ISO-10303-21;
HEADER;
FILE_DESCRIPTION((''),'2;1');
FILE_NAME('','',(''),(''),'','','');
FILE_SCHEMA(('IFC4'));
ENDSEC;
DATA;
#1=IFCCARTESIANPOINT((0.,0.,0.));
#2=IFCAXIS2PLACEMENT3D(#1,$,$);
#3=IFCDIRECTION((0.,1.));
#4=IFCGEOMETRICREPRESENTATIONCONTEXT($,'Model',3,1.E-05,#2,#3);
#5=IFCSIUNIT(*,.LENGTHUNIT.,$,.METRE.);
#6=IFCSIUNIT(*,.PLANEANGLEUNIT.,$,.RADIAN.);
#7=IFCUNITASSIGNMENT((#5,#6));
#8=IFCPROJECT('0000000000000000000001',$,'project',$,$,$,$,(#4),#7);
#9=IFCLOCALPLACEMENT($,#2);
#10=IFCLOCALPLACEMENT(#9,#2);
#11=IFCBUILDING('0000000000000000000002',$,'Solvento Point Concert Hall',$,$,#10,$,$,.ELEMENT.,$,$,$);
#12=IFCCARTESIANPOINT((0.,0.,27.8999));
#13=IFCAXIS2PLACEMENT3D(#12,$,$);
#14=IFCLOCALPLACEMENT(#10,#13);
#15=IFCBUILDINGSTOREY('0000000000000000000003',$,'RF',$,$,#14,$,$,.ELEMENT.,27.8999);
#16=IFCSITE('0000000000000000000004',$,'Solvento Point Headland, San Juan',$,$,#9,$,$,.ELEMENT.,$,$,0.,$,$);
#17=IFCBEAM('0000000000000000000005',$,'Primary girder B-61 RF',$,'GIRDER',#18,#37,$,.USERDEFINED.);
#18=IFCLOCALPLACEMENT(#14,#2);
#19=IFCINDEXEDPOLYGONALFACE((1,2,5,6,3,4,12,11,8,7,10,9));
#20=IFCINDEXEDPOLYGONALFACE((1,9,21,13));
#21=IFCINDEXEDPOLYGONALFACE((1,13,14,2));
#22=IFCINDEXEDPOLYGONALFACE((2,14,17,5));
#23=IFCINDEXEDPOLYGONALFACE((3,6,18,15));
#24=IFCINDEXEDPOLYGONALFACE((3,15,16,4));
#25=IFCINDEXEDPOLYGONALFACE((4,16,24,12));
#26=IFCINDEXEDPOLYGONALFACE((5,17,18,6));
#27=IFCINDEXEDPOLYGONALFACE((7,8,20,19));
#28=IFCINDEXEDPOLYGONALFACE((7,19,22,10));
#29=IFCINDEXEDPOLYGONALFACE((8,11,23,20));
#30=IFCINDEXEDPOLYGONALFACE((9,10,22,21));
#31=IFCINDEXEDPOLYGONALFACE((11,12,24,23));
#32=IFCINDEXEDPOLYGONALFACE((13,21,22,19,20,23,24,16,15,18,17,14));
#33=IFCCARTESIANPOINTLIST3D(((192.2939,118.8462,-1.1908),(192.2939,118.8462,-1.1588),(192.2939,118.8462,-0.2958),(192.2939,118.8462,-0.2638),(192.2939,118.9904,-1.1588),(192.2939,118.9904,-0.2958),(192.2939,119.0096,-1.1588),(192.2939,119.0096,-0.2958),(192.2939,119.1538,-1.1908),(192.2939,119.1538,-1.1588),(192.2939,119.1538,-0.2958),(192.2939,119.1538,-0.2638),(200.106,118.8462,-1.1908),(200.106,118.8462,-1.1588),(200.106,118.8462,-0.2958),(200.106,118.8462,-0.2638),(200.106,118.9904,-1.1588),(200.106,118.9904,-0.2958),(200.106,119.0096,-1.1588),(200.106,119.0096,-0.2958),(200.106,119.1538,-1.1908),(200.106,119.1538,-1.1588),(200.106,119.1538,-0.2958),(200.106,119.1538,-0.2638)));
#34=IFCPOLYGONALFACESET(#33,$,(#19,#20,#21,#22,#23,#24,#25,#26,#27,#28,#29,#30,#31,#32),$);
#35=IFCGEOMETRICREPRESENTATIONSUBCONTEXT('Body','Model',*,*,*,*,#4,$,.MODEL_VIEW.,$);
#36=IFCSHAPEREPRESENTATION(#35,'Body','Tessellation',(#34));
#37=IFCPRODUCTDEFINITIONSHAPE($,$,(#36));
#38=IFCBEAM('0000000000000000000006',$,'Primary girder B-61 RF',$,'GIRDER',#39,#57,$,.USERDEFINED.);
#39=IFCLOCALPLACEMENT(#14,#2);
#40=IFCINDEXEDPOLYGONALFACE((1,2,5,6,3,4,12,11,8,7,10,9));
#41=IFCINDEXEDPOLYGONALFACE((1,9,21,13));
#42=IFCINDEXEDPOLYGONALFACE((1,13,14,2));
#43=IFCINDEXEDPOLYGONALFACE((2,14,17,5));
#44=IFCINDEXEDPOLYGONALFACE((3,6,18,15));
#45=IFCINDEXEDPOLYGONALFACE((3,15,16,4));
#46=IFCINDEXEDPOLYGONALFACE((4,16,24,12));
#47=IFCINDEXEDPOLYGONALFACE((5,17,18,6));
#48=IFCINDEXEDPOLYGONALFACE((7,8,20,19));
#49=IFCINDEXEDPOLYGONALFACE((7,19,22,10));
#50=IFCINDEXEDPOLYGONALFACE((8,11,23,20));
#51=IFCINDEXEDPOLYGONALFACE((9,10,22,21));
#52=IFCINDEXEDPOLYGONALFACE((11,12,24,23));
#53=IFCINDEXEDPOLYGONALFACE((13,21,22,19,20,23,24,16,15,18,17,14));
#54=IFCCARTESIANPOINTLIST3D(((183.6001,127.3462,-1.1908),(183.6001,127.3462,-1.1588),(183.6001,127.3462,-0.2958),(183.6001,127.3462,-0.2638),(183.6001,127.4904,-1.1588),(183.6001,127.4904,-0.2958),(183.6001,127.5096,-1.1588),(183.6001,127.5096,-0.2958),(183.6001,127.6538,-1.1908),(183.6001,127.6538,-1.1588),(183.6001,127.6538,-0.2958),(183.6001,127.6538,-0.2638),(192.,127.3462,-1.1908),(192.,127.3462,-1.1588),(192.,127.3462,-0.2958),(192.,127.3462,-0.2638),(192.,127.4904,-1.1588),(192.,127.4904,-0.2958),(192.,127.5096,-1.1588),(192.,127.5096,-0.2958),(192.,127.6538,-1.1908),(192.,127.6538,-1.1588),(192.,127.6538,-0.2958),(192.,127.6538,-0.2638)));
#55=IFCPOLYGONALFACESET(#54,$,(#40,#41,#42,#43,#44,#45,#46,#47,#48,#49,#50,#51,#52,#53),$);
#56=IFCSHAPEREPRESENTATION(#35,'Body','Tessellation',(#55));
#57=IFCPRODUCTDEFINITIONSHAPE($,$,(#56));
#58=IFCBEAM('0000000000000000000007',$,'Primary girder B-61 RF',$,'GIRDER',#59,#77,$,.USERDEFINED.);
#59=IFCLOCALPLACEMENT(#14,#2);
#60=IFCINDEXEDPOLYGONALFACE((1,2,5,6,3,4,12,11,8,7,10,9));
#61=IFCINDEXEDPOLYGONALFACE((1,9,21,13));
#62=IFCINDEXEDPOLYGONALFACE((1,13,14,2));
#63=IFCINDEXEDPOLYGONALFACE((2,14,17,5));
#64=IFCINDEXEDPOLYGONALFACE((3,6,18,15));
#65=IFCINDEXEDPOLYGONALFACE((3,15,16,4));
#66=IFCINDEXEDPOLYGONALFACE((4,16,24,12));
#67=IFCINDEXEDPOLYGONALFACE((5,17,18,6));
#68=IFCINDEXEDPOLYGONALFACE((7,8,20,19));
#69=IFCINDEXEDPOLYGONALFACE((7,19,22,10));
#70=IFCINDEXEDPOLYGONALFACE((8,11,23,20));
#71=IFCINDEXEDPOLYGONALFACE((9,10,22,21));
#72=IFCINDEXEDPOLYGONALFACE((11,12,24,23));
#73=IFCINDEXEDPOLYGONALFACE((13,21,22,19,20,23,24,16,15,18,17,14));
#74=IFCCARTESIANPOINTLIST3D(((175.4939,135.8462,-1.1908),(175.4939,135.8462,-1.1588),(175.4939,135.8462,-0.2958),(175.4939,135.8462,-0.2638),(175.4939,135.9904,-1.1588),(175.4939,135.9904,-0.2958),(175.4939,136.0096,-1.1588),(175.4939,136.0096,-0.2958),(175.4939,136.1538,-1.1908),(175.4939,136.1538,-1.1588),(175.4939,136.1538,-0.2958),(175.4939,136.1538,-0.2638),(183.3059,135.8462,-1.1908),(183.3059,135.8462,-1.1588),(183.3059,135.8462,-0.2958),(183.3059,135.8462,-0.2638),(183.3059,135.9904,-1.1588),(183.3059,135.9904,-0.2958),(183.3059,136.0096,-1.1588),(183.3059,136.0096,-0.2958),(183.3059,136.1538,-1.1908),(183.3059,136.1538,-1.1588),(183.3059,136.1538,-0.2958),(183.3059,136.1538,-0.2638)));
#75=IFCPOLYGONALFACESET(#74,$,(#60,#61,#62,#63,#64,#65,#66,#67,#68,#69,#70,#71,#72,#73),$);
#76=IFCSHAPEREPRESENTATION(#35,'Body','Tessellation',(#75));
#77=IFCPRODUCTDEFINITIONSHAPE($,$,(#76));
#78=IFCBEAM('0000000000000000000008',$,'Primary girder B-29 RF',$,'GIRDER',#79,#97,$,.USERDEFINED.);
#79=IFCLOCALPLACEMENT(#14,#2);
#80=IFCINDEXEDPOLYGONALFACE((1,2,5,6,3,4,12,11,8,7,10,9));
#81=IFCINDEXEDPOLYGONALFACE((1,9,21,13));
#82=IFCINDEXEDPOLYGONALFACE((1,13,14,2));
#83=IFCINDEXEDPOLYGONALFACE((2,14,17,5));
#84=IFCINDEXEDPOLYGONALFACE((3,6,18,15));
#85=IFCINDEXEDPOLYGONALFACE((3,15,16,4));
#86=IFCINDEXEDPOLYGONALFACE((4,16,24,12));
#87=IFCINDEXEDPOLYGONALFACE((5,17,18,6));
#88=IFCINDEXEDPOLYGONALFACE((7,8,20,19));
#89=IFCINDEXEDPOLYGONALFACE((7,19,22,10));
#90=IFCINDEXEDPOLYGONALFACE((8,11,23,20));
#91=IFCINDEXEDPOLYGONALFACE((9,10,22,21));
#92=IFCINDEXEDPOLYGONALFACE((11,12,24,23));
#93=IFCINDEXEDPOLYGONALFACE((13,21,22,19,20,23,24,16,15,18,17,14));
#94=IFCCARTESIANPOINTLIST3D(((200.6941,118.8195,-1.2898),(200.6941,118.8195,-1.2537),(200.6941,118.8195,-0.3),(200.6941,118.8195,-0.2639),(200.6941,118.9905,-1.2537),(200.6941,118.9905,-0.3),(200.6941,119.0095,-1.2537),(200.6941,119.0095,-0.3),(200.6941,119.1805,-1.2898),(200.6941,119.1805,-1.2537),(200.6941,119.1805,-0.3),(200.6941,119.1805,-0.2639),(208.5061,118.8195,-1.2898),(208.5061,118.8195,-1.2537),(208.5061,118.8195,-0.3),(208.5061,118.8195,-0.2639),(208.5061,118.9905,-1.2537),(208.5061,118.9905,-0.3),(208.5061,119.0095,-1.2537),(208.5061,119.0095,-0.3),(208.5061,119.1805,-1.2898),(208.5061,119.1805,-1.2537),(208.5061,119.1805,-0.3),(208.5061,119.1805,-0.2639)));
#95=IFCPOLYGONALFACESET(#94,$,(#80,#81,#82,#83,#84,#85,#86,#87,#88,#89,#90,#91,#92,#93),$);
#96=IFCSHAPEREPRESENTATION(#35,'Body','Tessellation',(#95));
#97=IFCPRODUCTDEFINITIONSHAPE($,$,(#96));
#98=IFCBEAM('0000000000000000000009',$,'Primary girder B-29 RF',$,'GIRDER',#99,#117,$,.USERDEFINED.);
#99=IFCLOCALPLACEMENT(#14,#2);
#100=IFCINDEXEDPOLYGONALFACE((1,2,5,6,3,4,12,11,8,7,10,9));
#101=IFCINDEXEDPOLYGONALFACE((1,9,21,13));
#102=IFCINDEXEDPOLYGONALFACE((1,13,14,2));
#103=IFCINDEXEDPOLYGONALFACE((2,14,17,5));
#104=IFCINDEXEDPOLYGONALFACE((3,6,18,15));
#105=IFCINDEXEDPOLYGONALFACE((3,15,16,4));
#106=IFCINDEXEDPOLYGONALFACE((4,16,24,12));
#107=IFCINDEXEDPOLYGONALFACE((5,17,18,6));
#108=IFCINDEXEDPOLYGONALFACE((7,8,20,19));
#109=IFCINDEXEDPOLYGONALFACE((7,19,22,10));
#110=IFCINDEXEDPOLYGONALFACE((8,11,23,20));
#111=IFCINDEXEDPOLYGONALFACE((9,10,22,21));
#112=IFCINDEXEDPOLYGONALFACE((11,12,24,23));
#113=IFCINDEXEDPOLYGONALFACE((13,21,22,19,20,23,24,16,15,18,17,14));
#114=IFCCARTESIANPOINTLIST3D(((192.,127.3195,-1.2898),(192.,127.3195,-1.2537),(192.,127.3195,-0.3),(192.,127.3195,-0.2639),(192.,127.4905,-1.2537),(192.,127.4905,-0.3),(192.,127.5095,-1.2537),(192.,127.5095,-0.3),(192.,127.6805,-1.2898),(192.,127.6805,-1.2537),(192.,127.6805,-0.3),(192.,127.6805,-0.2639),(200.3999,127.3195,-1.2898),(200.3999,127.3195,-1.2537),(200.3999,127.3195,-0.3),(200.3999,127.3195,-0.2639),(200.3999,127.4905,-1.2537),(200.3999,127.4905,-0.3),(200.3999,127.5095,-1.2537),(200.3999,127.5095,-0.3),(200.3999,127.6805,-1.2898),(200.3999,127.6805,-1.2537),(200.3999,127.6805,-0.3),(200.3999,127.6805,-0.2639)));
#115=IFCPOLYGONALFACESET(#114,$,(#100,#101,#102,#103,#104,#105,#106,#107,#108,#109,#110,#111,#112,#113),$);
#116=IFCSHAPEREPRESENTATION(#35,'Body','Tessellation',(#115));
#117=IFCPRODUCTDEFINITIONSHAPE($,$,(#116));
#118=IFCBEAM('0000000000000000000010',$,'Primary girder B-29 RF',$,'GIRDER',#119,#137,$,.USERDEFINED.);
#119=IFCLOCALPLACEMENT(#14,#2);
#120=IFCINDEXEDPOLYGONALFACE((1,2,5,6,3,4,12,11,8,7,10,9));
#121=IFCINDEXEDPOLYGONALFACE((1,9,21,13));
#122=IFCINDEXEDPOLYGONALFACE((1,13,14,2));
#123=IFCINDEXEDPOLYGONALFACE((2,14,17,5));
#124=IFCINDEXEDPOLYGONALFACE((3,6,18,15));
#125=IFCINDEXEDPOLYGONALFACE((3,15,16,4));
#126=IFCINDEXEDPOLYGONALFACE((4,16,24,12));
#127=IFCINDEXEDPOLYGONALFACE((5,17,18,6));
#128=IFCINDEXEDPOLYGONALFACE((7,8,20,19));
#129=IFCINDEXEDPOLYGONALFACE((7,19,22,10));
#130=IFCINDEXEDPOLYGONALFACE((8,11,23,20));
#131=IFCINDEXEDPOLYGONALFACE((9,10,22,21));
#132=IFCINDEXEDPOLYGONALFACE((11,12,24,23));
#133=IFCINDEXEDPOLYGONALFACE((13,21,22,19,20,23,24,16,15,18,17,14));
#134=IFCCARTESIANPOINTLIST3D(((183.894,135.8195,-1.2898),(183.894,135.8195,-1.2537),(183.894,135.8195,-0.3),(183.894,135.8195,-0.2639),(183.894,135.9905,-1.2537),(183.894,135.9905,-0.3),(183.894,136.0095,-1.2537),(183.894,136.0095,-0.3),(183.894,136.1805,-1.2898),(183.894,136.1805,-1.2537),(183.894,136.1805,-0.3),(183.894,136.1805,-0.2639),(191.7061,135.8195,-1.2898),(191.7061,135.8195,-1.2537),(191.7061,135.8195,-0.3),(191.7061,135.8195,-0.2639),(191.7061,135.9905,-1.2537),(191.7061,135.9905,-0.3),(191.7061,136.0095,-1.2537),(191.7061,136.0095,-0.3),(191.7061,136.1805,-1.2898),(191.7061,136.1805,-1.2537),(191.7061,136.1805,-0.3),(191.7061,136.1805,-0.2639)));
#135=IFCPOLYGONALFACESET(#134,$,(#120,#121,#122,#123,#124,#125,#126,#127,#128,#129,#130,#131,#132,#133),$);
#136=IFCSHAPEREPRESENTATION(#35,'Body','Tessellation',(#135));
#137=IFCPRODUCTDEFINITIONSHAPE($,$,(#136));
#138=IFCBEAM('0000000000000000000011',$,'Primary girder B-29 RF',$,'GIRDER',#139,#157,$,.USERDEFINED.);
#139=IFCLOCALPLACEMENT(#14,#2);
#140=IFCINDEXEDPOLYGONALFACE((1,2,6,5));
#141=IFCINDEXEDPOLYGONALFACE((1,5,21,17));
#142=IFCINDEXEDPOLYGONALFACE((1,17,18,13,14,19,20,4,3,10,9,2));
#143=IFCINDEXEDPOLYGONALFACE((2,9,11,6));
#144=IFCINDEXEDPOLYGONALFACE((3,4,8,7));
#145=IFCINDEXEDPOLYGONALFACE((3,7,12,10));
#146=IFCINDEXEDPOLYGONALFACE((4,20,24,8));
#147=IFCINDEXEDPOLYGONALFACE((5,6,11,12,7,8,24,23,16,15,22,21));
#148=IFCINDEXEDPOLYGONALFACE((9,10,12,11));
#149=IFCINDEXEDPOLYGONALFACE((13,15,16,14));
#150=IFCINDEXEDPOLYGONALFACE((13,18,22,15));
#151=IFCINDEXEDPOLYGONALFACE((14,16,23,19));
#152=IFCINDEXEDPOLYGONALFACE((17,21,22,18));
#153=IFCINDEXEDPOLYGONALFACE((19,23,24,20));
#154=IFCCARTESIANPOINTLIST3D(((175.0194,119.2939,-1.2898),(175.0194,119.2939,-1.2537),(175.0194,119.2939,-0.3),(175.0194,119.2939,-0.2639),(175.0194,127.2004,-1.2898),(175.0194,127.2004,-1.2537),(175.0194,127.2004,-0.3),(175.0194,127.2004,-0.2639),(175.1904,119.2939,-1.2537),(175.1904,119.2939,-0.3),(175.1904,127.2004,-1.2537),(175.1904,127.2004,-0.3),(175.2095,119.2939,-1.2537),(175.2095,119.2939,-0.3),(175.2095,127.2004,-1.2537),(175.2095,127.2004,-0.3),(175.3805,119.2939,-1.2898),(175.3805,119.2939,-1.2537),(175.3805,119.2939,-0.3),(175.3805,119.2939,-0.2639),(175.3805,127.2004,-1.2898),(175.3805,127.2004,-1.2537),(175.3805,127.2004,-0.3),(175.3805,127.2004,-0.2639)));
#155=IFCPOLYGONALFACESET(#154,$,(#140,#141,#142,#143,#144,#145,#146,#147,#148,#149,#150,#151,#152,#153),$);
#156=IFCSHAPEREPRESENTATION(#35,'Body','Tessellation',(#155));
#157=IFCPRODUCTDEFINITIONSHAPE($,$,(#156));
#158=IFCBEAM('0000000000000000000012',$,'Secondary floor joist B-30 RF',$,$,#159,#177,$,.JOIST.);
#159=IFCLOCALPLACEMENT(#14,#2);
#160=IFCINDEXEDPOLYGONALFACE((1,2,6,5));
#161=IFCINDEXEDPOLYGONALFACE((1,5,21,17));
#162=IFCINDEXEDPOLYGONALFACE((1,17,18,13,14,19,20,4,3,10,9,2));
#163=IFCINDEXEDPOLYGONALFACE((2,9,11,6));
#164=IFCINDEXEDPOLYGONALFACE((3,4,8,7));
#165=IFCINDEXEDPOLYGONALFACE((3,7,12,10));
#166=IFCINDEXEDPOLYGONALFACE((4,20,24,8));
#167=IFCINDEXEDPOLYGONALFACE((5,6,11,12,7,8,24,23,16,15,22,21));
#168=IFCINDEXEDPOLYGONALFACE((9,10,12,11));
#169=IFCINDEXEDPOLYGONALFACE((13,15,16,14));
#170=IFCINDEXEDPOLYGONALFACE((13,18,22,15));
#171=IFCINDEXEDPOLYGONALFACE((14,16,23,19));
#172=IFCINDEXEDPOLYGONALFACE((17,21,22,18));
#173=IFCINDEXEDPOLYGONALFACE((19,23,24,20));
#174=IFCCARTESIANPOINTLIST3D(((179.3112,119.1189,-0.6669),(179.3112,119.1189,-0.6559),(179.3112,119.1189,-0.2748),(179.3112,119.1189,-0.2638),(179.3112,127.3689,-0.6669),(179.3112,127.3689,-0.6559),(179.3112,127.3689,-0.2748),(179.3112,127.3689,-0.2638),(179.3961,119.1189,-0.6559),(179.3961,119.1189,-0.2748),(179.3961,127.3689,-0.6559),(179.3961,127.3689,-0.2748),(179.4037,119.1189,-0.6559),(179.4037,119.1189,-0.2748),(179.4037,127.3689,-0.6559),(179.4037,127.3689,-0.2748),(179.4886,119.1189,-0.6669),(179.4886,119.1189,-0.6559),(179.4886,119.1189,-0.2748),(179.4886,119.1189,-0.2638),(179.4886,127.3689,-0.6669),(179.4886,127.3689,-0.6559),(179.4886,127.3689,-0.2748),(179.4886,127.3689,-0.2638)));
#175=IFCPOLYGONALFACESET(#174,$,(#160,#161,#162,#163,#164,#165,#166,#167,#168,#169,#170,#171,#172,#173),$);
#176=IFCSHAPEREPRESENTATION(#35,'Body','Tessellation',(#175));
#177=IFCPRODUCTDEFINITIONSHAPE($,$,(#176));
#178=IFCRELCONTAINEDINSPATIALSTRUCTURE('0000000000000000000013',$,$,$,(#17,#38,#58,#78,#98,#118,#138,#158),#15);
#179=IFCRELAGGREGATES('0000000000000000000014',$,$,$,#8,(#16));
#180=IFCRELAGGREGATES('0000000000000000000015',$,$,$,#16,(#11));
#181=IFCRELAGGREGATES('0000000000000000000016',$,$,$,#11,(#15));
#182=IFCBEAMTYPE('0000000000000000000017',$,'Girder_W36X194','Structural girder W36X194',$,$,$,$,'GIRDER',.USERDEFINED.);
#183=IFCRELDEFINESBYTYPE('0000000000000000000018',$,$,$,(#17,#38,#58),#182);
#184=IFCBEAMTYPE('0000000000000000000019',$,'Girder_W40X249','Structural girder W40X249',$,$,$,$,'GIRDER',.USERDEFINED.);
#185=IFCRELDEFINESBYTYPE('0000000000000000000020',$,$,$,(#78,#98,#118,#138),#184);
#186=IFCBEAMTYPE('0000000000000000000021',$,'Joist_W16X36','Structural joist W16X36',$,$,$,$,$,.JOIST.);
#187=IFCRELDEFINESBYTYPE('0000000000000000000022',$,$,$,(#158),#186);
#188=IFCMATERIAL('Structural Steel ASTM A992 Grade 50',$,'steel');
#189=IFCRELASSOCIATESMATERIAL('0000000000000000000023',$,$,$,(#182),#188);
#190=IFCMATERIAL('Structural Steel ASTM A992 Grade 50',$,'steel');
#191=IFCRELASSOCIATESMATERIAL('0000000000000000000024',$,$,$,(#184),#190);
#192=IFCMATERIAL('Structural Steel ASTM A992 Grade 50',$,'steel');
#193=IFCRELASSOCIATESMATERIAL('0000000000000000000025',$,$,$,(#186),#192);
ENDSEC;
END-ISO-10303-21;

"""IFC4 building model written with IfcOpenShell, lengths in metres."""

from ifc_helpers import new_model, si_unit, direction, frame, origin, origin_2d, place, context, subcontext, project, spatial, i_section, extrude, material, material_profile, profile_set, type_object, element, save


model = new_model("IFC4")

# Units and contexts
model_context = context("Model", 3, precision=1e-05, world=origin(), true_north=direction((0.0, 1.0)))
body_context = subcontext(model_context, "Body", "Model", "MODEL_VIEW")
ifc_project = project(units=[si_unit("LENGTHUNIT", "METRE"), si_unit("PLANEANGLEUNIT", "RADIAN")], contexts=[model_context])

# Site, building, storey
site_placement = place(None, origin())
site = spatial("IfcSite", under=ifc_project, at=site_placement, Name="Solvento Point Headland, San Juan", CompositionType="ELEMENT", RefElevation=0.0)
building_placement = place(site_placement, origin())
building = spatial("IfcBuilding", under=site, at=building_placement, Name="Solvento Point Concert Hall", CompositionType="ELEMENT")
storey_placement = place(building_placement, frame((0.0, 0.0, 27.8999)))
storey = spatial("IfcBuildingStorey", under=building, at=storey_placement, Name="RF", CompositionType="ELEMENT", Elevation=27.8999)

# Beams
ifc_material_1 = material(Name="Structural Steel ASTM A992 Grade 50", Category="steel")
ifc_material_profile_1 = material_profile(ifc_material_1, i_section(OverallWidth=0.3076, OverallDepth=0.927, WebThickness=0.0193, FlangeThickness=0.032, at=origin_2d()), Name="W36X194")
ifc_profile_set_1 = profile_set([ifc_material_profile_1], Name="Structural Steel ASTM A992 Grade 50")
beam_type_1 = type_object("IfcBeamType", Name="Girder_W36X194", Description="Structural girder W36X194", ElementType="GIRDER", PredefinedType="USERDEFINED", material=ifc_profile_set_1)
beam_1_placement = place(storey_placement, frame((192.2939, 119.0, -0.7273), z_axis=(1.0, 0.0, 0.0), x_axis=(0.0, 1.0, 0.0)))
element("IfcBeam", 1, at=beam_1_placement, inside=storey, type_object=beam_type_1, Name="Primary girder B-61 RF", ObjectType="GIRDER", PredefinedType="USERDEFINED", context=body_context, shape_type="SweptSolid", body=[
    extrude(i_section(OverallWidth=0.3076, OverallDepth=0.927, WebThickness=0.0193, FlangeThickness=0.032, at=origin_2d()), origin(), (0.0, 0.0, 1.0), 7.812),
])
beam_2_placement = place(storey_placement, frame((183.6001, 127.5, -0.7273), z_axis=(1.0, 0.0, 0.0), x_axis=(0.0, 1.0, 0.0)))
element("IfcBeam", 2, at=beam_2_placement, inside=storey, type_object=beam_type_1, Name="Primary girder B-61 RF", ObjectType="GIRDER", PredefinedType="USERDEFINED", context=body_context, shape_type="SweptSolid", body=[
    extrude(i_section(OverallWidth=0.3076, OverallDepth=0.927, WebThickness=0.0193, FlangeThickness=0.032, at=origin_2d()), origin(), (0.0, 0.0, 1.0), 8.3999),
])
beam_3_placement = place(storey_placement, frame((175.4939, 136.0, -0.7273), z_axis=(1.0, 0.0, 0.0), x_axis=(0.0, 1.0, 0.0)))
element("IfcBeam", 3, at=beam_3_placement, inside=storey, type_object=beam_type_1, Name="Primary girder B-61 RF", ObjectType="GIRDER", PredefinedType="USERDEFINED", context=body_context, shape_type="SweptSolid", body=[
    extrude(i_section(OverallWidth=0.3076, OverallDepth=0.927, WebThickness=0.0193, FlangeThickness=0.032, at=origin_2d()), origin(), (0.0, 0.0, 1.0), 7.812),
])
ifc_material_2 = material(Name="Structural Steel ASTM A992 Grade 50", Category="steel")
ifc_material_profile_2 = material_profile(ifc_material_2, i_section(OverallWidth=0.3611, OverallDepth=1.0259, WebThickness=0.019, FlangeThickness=0.0361, at=origin_2d()), Name="W40X249")
ifc_profile_set_2 = profile_set([ifc_material_profile_2], Name="Structural Steel ASTM A992 Grade 50")
beam_type_2 = type_object("IfcBeamType", Name="Girder_W40X249", Description="Structural girder W40X249", ElementType="GIRDER", PredefinedType="USERDEFINED", material=ifc_profile_set_2)
beam_4_placement = place(storey_placement, frame((200.6941, 119.0, -0.7769), z_axis=(1.0, 0.0, 0.0), x_axis=(0.0, 1.0, 0.0)))
element("IfcBeam", 4, at=beam_4_placement, inside=storey, type_object=beam_type_2, Name="Primary girder B-29 RF", ObjectType="GIRDER", PredefinedType="USERDEFINED", context=body_context, shape_type="SweptSolid", body=[
    extrude(i_section(OverallWidth=0.3611, OverallDepth=1.0259, WebThickness=0.019, FlangeThickness=0.0361, at=origin_2d()), origin(), (0.0, 0.0, 1.0), 7.812),
])
beam_5_placement = place(storey_placement, frame((192.0, 127.5, -0.7769), z_axis=(1.0, 0.0, 0.0), x_axis=(0.0, 1.0, 0.0)))
element("IfcBeam", 5, at=beam_5_placement, inside=storey, type_object=beam_type_2, Name="Primary girder B-29 RF", ObjectType="GIRDER", PredefinedType="USERDEFINED", context=body_context, shape_type="SweptSolid", body=[
    extrude(i_section(OverallWidth=0.3611, OverallDepth=1.0259, WebThickness=0.019, FlangeThickness=0.0361, at=origin_2d()), origin(), (0.0, 0.0, 1.0), 8.3999),
])
beam_6_placement = place(storey_placement, frame((183.894, 136.0, -0.7769), z_axis=(1.0, 0.0, 0.0), x_axis=(0.0, 1.0, 0.0)))
element("IfcBeam", 6, at=beam_6_placement, inside=storey, type_object=beam_type_2, Name="Primary girder B-29 RF", ObjectType="GIRDER", PredefinedType="USERDEFINED", context=body_context, shape_type="SweptSolid", body=[
    extrude(i_section(OverallWidth=0.3611, OverallDepth=1.0259, WebThickness=0.019, FlangeThickness=0.0361, at=origin_2d()), origin(), (0.0, 0.0, 1.0), 7.812),
])
beam_7_placement = place(storey_placement, frame((175.2, 119.2939, -0.7769), z_axis=(0.0, 1.0, 0.0), x_axis=(-1.0, 0.0, 0.0)))
element("IfcBeam", 7, at=beam_7_placement, inside=storey, type_object=beam_type_2, Name="Primary girder B-29 RF", ObjectType="GIRDER", PredefinedType="USERDEFINED", context=body_context, shape_type="SweptSolid", body=[
    extrude(i_section(OverallWidth=0.3611, OverallDepth=1.0259, WebThickness=0.019, FlangeThickness=0.0361, at=origin_2d()), origin(), (0.0, 0.0, 1.0), 7.9065),
])
ifc_material_3 = material(Name="Structural Steel ASTM A992 Grade 50", Category="steel")
ifc_material_profile_3 = material_profile(ifc_material_3, i_section(OverallWidth=0.1775, OverallDepth=0.4031, WebThickness=0.0076, FlangeThickness=0.011, at=origin_2d()), Name="W16X36")
ifc_profile_set_3 = profile_set([ifc_material_profile_3], Name="Structural Steel ASTM A992 Grade 50")
beam_type_3 = type_object("IfcBeamType", Name="Joist_W16X36", Description="Structural joist W16X36", PredefinedType="JOIST", material=ifc_profile_set_3)
beam_8_placement = place(storey_placement, frame((179.3999, 119.1189, -0.4653), z_axis=(0.0, 1.0, 0.0), x_axis=(-1.0, 0.0, 0.0)))
element("IfcBeam", 8, at=beam_8_placement, inside=storey, type_object=beam_type_3, Name="Secondary floor joist B-30 RF", PredefinedType="JOIST", context=body_context, shape_type="SweptSolid", body=[
    extrude(i_section(OverallWidth=0.1775, OverallDepth=0.4031, WebThickness=0.0076, FlangeThickness=0.011, at=origin_2d()), origin(), (0.0, 0.0, 1.0), 8.25),
])

save(model, "model.ifc")
